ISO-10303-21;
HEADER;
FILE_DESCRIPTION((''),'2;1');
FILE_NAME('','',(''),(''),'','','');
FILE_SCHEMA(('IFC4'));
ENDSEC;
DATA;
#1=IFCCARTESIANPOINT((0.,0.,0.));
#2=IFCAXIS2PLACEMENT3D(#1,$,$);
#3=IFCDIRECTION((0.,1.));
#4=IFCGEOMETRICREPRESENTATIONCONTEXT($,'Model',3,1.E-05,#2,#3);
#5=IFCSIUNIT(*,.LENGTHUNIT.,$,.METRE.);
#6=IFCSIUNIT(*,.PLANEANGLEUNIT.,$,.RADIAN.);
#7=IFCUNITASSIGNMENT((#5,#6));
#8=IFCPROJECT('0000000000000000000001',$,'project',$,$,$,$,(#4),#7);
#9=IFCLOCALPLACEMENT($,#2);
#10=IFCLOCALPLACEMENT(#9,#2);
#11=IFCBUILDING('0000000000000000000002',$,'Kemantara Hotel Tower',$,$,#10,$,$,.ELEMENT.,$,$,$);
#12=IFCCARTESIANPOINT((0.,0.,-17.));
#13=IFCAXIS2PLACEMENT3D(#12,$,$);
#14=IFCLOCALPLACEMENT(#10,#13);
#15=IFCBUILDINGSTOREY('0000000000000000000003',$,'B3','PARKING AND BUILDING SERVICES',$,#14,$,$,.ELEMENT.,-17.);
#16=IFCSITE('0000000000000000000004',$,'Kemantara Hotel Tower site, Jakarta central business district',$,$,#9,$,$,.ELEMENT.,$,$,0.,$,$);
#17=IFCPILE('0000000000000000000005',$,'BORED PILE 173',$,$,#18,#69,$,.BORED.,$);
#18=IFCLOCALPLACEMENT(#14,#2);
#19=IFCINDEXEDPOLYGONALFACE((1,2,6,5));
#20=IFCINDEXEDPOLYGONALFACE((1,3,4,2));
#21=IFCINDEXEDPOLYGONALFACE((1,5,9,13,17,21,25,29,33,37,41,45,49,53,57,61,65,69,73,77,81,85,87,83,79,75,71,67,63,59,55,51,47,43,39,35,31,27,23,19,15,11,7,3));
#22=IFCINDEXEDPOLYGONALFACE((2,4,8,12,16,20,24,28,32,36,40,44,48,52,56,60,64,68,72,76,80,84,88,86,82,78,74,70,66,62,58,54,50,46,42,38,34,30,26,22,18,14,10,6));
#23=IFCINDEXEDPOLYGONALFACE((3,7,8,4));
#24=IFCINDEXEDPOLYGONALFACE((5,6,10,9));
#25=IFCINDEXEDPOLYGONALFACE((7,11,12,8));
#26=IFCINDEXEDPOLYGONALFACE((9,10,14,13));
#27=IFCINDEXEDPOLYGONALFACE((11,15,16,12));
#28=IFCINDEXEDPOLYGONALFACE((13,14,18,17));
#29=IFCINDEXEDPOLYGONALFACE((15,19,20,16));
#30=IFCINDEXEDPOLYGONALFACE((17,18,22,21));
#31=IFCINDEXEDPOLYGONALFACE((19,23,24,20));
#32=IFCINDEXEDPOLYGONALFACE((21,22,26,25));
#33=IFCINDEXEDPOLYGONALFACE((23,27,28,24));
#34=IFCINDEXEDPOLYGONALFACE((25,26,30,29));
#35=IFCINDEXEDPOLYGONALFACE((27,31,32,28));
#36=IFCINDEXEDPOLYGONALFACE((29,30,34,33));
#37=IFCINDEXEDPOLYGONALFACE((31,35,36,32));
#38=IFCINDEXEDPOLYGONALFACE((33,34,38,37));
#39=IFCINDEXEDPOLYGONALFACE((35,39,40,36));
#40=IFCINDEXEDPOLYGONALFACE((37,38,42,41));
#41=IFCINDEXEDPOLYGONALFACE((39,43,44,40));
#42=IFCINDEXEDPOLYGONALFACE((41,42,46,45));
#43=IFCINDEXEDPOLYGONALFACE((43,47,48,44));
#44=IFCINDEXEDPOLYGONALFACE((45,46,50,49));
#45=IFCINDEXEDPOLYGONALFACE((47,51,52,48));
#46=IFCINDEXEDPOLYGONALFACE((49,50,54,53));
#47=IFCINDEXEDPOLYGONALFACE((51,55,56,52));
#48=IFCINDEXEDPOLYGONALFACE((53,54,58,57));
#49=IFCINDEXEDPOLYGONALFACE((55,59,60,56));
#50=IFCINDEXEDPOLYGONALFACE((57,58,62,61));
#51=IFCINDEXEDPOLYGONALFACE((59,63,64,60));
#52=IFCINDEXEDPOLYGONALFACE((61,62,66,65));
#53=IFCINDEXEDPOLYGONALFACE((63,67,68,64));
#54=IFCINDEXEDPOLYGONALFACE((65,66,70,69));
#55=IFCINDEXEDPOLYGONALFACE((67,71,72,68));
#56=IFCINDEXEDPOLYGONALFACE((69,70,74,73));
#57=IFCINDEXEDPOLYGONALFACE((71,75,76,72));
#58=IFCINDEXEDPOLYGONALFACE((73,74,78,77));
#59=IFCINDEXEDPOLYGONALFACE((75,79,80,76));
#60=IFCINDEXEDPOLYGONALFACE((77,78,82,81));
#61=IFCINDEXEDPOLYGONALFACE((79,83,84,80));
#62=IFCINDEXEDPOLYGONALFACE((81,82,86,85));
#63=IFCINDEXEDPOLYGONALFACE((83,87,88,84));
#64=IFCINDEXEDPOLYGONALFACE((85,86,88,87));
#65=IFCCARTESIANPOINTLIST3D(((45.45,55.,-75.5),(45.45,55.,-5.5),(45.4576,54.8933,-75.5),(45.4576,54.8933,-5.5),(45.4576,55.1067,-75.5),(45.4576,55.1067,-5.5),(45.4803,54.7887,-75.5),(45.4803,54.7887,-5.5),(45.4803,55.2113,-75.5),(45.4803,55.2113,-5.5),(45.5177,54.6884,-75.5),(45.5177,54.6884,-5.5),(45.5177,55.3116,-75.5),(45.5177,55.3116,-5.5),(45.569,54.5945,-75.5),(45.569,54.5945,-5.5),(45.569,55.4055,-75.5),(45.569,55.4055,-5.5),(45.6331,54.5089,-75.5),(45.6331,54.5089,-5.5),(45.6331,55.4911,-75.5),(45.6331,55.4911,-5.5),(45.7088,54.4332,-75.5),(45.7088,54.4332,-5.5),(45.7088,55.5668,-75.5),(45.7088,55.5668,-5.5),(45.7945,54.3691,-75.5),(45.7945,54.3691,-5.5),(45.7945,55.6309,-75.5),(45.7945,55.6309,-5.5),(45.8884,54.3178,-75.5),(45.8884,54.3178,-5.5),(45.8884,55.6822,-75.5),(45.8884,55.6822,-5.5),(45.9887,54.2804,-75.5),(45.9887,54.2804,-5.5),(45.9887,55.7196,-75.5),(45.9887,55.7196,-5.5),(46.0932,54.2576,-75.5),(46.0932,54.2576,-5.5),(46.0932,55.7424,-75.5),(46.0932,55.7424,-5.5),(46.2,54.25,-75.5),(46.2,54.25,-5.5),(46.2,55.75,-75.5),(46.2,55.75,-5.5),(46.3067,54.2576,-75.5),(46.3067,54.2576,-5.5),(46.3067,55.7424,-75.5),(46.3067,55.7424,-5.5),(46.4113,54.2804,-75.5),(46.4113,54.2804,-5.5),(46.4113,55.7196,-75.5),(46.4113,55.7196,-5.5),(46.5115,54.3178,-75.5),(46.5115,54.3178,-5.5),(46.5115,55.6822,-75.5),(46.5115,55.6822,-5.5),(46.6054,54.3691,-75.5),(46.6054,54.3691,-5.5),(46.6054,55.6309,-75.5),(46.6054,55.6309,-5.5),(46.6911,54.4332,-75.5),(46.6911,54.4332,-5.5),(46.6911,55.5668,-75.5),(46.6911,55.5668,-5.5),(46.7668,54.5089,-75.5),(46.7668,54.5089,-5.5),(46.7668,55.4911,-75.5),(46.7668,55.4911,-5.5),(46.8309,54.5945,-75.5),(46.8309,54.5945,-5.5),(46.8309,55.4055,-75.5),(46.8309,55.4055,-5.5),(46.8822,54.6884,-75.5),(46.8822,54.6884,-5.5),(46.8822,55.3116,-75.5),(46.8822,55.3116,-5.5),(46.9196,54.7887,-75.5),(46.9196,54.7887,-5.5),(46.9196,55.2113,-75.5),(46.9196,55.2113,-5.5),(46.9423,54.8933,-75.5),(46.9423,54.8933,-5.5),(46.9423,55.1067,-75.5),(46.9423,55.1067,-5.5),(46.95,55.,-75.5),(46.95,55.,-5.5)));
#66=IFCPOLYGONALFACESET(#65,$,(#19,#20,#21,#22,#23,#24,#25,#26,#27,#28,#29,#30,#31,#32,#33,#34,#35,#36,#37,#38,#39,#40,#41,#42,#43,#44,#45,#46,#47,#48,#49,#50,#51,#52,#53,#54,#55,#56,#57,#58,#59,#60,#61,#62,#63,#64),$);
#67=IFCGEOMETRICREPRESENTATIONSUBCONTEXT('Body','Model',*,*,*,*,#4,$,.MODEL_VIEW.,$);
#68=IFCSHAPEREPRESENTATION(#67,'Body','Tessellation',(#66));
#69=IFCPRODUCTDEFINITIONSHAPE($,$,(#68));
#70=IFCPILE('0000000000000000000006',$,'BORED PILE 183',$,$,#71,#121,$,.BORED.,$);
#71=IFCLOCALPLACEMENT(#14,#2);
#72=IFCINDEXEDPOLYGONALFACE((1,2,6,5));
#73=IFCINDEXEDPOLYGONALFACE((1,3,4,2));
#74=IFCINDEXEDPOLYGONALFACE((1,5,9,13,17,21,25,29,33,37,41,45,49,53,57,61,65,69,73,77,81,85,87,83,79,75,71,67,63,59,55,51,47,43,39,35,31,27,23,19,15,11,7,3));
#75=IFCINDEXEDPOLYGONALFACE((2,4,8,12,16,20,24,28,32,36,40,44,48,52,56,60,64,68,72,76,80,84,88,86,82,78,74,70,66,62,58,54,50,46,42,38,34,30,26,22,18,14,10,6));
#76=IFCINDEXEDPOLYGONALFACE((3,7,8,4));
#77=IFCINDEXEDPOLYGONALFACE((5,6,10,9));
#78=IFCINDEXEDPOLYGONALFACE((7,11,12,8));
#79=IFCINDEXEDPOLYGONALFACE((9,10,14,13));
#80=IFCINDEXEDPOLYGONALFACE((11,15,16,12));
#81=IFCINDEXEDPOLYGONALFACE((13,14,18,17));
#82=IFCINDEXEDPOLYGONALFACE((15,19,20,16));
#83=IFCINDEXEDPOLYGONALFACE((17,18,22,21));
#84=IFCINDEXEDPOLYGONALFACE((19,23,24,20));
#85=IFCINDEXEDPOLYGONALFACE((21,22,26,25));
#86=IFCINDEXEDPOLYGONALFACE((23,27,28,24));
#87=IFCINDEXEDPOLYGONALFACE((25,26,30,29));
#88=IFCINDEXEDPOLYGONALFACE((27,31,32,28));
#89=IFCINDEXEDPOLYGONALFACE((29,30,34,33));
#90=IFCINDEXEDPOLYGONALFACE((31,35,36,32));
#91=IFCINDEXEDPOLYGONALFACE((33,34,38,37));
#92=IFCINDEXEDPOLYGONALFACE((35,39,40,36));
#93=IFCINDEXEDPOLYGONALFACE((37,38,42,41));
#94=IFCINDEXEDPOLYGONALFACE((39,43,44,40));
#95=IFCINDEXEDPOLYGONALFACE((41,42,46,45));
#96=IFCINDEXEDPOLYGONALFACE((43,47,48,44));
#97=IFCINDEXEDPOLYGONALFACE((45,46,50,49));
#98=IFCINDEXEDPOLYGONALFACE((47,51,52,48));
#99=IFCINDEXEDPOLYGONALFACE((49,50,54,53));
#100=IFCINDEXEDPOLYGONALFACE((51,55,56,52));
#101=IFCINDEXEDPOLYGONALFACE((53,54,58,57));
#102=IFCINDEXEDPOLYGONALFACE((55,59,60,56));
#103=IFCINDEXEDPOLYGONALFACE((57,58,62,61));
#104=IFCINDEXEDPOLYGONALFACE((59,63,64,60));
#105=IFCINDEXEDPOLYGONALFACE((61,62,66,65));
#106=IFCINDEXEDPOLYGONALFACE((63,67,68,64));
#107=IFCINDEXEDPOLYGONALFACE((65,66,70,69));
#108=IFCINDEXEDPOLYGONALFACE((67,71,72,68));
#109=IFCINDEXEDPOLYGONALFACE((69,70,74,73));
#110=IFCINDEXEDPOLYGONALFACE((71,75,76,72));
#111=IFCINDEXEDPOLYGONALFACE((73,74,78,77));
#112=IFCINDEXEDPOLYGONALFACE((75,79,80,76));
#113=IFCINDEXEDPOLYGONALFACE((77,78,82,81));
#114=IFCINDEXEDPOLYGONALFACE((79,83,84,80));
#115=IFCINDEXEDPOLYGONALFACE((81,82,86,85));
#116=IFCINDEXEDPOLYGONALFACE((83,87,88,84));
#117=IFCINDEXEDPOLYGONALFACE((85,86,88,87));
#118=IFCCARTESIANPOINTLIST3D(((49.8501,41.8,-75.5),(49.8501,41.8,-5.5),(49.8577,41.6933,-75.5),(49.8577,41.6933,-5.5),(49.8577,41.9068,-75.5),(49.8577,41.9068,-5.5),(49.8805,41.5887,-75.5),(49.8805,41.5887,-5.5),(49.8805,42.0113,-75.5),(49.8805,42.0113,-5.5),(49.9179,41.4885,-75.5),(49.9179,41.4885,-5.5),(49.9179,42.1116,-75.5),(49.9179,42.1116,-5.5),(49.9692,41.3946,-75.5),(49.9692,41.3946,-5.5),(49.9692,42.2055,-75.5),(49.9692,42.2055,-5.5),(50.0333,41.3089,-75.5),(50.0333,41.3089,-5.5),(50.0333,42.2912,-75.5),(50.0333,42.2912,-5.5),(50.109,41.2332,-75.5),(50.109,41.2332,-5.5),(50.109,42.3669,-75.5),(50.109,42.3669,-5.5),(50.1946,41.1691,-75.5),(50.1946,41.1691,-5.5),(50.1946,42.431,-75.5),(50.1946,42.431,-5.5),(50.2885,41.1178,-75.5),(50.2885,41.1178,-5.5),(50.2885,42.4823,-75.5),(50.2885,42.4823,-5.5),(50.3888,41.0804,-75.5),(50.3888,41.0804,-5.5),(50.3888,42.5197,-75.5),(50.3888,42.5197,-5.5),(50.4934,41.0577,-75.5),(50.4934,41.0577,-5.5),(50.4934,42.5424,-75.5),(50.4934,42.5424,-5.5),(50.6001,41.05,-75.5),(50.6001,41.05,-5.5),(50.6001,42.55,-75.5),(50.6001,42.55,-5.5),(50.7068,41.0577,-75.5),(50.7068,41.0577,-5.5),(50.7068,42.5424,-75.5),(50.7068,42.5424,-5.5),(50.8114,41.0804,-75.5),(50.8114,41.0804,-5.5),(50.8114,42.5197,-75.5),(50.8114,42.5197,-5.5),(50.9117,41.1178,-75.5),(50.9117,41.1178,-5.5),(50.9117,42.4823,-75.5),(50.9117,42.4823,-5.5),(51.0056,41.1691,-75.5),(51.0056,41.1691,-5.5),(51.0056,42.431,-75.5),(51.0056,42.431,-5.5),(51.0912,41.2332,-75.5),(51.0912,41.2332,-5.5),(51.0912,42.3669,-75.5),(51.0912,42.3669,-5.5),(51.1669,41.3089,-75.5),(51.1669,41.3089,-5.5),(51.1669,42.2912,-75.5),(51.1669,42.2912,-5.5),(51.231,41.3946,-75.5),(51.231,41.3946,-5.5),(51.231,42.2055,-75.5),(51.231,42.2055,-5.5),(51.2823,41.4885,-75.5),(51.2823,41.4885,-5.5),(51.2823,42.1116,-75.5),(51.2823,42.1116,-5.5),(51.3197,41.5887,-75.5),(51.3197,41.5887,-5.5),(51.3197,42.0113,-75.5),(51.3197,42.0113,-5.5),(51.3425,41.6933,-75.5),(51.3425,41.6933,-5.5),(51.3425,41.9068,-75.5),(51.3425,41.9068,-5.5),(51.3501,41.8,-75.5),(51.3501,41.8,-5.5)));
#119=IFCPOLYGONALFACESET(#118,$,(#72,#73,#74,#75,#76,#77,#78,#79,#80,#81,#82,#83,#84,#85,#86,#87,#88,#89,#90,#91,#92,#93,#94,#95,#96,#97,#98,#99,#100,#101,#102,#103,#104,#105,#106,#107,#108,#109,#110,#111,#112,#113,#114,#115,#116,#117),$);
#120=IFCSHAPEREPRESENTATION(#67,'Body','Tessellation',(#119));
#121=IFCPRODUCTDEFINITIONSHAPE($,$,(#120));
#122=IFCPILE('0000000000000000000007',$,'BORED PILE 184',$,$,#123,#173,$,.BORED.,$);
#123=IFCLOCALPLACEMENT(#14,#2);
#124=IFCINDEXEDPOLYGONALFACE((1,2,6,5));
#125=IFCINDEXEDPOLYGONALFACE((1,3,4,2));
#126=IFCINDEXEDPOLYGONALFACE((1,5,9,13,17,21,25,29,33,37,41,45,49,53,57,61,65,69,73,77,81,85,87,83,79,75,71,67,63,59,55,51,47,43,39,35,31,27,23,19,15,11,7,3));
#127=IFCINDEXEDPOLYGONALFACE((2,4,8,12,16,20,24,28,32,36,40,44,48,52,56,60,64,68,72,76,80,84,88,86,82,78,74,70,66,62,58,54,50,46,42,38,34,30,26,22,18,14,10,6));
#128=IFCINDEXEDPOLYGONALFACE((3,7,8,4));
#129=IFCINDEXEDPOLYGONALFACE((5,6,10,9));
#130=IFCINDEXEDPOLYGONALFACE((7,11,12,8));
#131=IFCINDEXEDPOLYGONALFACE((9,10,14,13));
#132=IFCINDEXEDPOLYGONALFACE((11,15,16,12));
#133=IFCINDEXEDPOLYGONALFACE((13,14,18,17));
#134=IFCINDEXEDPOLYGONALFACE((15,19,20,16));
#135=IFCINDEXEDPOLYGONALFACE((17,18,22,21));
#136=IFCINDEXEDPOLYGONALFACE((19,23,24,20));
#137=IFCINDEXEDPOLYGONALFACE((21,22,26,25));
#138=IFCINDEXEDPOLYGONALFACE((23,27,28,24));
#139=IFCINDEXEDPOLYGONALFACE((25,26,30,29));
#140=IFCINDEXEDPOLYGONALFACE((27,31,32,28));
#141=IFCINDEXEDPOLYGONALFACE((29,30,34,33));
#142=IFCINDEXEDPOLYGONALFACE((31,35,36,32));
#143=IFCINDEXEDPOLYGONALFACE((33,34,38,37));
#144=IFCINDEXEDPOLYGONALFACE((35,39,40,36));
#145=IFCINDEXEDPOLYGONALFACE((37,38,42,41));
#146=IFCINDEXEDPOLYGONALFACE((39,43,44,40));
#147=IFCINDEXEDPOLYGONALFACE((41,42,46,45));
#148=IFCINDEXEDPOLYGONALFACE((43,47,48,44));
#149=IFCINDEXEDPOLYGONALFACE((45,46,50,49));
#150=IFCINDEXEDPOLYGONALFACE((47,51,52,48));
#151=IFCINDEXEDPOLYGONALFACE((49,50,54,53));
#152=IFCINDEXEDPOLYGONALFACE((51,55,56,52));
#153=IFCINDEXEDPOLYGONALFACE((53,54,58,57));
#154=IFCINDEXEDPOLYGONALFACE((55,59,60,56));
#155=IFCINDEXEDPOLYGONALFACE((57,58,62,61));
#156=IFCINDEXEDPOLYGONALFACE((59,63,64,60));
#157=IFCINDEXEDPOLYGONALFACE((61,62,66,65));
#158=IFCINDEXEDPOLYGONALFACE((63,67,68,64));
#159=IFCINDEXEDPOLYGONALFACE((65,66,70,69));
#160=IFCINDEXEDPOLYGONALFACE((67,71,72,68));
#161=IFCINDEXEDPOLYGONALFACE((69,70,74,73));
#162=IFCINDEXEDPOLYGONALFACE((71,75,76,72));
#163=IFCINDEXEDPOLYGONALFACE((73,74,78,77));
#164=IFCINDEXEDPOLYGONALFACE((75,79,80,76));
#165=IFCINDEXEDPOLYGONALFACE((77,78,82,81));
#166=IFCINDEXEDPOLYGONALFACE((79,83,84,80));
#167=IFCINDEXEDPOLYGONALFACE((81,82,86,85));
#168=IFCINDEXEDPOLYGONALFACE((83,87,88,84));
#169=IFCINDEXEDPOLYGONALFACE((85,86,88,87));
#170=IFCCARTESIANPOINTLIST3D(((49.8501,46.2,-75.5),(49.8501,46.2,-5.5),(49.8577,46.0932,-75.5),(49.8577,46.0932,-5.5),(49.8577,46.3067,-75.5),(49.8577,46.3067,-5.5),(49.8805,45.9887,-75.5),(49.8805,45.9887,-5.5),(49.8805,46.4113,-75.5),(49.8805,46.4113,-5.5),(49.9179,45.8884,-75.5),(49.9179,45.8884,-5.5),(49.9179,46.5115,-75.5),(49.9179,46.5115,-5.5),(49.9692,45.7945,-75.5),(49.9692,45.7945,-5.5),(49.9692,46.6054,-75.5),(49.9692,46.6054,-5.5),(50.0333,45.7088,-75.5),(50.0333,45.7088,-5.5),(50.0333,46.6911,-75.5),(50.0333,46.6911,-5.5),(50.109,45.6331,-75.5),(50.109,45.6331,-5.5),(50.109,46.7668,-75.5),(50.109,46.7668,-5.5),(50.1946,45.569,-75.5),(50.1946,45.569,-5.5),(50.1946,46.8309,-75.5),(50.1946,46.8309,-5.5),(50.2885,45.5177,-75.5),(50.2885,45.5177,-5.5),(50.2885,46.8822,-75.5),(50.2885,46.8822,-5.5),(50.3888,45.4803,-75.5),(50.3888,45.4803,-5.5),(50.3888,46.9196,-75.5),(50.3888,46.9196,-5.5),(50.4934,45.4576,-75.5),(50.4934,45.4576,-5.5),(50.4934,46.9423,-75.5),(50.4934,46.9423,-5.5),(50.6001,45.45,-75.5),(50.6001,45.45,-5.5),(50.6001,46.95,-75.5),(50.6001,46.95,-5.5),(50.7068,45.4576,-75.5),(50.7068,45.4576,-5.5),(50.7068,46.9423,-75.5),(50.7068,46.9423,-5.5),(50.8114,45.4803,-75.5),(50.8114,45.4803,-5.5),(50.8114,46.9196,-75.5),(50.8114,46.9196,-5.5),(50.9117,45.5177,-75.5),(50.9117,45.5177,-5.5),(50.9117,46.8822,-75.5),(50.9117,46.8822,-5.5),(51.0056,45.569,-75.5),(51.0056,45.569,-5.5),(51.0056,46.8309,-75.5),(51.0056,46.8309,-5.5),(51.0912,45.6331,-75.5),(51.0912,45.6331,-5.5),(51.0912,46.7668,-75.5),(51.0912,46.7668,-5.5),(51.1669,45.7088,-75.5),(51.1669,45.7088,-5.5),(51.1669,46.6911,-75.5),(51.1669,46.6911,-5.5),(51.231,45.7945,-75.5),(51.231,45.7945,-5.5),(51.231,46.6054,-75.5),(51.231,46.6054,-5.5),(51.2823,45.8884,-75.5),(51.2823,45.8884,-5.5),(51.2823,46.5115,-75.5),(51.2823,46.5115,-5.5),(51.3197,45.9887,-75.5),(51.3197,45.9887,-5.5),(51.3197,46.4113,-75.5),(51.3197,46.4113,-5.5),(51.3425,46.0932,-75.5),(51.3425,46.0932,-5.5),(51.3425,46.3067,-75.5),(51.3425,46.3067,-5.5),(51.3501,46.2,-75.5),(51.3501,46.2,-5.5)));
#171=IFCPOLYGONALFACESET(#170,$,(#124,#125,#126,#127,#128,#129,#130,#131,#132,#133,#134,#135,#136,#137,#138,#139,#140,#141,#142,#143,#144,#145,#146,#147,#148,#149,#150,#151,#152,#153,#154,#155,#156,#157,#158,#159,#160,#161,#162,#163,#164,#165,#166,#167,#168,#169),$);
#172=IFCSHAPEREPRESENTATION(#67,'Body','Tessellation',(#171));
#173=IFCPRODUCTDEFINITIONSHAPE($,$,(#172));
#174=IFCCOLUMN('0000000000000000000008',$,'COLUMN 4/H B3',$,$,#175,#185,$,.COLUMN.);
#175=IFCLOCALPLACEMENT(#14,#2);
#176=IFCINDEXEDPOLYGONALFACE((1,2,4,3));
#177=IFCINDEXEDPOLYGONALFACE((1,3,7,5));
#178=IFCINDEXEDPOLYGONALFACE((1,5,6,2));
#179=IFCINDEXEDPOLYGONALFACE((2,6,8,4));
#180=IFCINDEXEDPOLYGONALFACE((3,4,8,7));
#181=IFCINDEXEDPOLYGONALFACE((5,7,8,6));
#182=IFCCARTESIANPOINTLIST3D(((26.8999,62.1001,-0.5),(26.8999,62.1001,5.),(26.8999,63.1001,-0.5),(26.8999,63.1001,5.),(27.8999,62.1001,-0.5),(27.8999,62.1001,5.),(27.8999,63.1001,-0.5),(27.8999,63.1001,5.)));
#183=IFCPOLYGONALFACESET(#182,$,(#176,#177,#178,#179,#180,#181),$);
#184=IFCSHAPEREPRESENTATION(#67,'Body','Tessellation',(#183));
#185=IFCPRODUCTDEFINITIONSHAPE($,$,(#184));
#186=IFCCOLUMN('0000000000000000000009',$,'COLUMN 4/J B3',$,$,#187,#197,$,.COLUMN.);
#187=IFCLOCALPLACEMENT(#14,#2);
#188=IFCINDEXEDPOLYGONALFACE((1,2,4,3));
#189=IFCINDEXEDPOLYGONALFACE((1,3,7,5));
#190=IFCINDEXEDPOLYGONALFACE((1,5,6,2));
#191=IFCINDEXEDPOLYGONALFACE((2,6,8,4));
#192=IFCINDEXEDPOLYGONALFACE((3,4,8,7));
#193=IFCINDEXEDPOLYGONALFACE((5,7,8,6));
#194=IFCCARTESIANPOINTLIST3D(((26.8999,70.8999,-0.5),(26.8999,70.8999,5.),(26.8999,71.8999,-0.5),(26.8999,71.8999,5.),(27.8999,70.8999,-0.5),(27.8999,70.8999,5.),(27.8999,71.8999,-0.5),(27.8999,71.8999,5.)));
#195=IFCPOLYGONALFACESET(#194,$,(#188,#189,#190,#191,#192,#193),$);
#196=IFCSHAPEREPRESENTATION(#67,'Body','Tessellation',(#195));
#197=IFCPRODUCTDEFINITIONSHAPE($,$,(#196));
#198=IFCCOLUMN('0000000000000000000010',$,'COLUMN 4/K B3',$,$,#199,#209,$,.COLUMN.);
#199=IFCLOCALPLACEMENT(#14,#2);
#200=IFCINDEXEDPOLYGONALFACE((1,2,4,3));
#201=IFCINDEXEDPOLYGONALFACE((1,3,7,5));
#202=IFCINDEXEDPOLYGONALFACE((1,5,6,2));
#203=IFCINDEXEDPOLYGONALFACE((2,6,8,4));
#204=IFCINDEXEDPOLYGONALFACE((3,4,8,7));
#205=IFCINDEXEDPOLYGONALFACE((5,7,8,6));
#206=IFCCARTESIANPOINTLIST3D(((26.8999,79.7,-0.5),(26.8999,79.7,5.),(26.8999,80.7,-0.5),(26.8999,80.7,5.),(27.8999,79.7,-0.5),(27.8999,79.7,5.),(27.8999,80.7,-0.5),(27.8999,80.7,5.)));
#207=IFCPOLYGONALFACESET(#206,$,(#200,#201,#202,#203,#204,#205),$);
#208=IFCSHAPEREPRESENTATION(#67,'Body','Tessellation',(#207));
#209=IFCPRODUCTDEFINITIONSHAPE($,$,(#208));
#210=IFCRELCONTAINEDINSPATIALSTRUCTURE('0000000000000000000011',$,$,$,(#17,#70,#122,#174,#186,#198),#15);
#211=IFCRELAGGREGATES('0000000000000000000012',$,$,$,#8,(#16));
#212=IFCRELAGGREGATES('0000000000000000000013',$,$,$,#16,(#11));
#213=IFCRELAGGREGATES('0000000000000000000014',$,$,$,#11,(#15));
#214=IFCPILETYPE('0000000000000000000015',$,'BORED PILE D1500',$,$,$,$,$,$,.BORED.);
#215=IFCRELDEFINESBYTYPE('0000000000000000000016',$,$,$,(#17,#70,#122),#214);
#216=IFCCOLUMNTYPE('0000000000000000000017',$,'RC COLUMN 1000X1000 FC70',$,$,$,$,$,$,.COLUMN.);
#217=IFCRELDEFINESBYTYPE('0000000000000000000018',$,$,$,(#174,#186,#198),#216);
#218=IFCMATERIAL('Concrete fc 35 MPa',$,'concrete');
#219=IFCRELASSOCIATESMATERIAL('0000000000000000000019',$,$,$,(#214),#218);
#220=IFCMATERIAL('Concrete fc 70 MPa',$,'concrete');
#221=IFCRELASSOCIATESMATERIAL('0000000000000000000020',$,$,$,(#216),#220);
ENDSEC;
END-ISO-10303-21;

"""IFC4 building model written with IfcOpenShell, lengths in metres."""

from ifc_helpers import new_model, si_unit, direction, frame, origin, origin_2d, place, context, subcontext, project, spatial, rectangle, circle, extrude, material, material_profile, profile_set, type_object, element, save


model = new_model("IFC4")

# Units and contexts
model_context = context("Model", 3, precision=1e-05, world=origin(), true_north=direction((0.0, 1.0)))
body_context = subcontext(model_context, "Body", "Model", "MODEL_VIEW")
ifc_project = project(units=[si_unit("LENGTHUNIT", "METRE"), si_unit("PLANEANGLEUNIT", "RADIAN")], contexts=[model_context])

# Site, building, storey
site_placement = place(None, origin())
site = spatial("IfcSite", under=ifc_project, at=site_placement, Name="Kemantara Hotel Tower site, Jakarta central business district", CompositionType="ELEMENT", RefElevation=0.0)
building_placement = place(site_placement, origin())
building = spatial("IfcBuilding", under=site, at=building_placement, Name="Kemantara Hotel Tower", CompositionType="ELEMENT")
storey_placement = place(building_placement, frame((0.0, 0.0, -17.0)))
storey = spatial("IfcBuildingStorey", under=building, at=storey_placement, Name="B3", Description="PARKING AND BUILDING SERVICES", CompositionType="ELEMENT", Elevation=-17.0)

# Piles
ifc_material_1 = material(Name="Concrete fc 35 MPa", Category="concrete")
ifc_material_profile_1 = material_profile(ifc_material_1, circle(Radius=0.75, at=origin_2d()), Name="BORED PILE D1500")
ifc_profile_set_1 = profile_set([ifc_material_profile_1], Name="Concrete fc 35 MPa")
pile_type = type_object("IfcPileType", Name="BORED PILE D1500", PredefinedType="BORED", material=ifc_profile_set_1)
for number, where, z_axis, x_axis, name in (
    (1, (46.2, 55.0, -5.5), (0.0, 0.0, -1.0), (1.0, 0.0, 0.0), "BORED PILE 173"),
    (2, (50.6001, 41.8, -5.5), (0.0, 0.0, -1.0), (1.0, 0.0, 0.0), "BORED PILE 183"),
    (3, (50.6001, 46.2, -5.5), (0.0, 0.0, -1.0), (1.0, 0.0, 0.0), "BORED PILE 184"),
):
    element("IfcPile", number, at=place(storey_placement, frame(where, z_axis=z_axis, x_axis=x_axis)), inside=storey, type_object=pile_type, Name=name, PredefinedType="BORED", context=body_context, shape_type="SweptSolid", body=[
        extrude(circle(Radius=0.75, at=origin_2d()), origin(), (0.0, 0.0, 1.0), 70.0),
    ])

# Columns
ifc_material_2 = material(Name="Concrete fc 70 MPa", Category="concrete")
ifc_material_profile_2 = material_profile(ifc_material_2, rectangle(XDim=1.0, YDim=1.0, at=origin_2d()), Name="RC 1000X1000")
ifc_profile_set_2 = profile_set([ifc_material_profile_2], Name="Concrete fc 70 MPa")
column_type_1 = type_object("IfcColumnType", Name="RC COLUMN 1000X1000 FC70", PredefinedType="COLUMN", material=ifc_profile_set_2)
for number, where, z_axis, x_axis, name in (
    (4, (27.3999, 62.6001, -0.5), (0.0, 0.0, 1.0), (1.0, 0.0, 0.0), "COLUMN 4/H B3"),
    (5, (27.3999, 71.3999, -0.5), (0.0, 0.0, 1.0), (1.0, 0.0, 0.0), "COLUMN 4/J B3"),
    (6, (27.3999, 80.2, -0.5), (0.0, 0.0, 1.0), (1.0, 0.0, 0.0), "COLUMN 4/K B3"),
):
    element("IfcColumn", number, at=place(storey_placement, frame(where, z_axis=z_axis, x_axis=x_axis)), inside=storey, type_object=column_type_1, Name=name, PredefinedType="COLUMN", context=body_context, shape_type="SweptSolid", body=[
        extrude(rectangle(XDim=1.0, YDim=1.0, at=origin_2d()), origin(), (0.0, 0.0, 1.0), 5.5),
    ])

save(model, "model.ifc")
